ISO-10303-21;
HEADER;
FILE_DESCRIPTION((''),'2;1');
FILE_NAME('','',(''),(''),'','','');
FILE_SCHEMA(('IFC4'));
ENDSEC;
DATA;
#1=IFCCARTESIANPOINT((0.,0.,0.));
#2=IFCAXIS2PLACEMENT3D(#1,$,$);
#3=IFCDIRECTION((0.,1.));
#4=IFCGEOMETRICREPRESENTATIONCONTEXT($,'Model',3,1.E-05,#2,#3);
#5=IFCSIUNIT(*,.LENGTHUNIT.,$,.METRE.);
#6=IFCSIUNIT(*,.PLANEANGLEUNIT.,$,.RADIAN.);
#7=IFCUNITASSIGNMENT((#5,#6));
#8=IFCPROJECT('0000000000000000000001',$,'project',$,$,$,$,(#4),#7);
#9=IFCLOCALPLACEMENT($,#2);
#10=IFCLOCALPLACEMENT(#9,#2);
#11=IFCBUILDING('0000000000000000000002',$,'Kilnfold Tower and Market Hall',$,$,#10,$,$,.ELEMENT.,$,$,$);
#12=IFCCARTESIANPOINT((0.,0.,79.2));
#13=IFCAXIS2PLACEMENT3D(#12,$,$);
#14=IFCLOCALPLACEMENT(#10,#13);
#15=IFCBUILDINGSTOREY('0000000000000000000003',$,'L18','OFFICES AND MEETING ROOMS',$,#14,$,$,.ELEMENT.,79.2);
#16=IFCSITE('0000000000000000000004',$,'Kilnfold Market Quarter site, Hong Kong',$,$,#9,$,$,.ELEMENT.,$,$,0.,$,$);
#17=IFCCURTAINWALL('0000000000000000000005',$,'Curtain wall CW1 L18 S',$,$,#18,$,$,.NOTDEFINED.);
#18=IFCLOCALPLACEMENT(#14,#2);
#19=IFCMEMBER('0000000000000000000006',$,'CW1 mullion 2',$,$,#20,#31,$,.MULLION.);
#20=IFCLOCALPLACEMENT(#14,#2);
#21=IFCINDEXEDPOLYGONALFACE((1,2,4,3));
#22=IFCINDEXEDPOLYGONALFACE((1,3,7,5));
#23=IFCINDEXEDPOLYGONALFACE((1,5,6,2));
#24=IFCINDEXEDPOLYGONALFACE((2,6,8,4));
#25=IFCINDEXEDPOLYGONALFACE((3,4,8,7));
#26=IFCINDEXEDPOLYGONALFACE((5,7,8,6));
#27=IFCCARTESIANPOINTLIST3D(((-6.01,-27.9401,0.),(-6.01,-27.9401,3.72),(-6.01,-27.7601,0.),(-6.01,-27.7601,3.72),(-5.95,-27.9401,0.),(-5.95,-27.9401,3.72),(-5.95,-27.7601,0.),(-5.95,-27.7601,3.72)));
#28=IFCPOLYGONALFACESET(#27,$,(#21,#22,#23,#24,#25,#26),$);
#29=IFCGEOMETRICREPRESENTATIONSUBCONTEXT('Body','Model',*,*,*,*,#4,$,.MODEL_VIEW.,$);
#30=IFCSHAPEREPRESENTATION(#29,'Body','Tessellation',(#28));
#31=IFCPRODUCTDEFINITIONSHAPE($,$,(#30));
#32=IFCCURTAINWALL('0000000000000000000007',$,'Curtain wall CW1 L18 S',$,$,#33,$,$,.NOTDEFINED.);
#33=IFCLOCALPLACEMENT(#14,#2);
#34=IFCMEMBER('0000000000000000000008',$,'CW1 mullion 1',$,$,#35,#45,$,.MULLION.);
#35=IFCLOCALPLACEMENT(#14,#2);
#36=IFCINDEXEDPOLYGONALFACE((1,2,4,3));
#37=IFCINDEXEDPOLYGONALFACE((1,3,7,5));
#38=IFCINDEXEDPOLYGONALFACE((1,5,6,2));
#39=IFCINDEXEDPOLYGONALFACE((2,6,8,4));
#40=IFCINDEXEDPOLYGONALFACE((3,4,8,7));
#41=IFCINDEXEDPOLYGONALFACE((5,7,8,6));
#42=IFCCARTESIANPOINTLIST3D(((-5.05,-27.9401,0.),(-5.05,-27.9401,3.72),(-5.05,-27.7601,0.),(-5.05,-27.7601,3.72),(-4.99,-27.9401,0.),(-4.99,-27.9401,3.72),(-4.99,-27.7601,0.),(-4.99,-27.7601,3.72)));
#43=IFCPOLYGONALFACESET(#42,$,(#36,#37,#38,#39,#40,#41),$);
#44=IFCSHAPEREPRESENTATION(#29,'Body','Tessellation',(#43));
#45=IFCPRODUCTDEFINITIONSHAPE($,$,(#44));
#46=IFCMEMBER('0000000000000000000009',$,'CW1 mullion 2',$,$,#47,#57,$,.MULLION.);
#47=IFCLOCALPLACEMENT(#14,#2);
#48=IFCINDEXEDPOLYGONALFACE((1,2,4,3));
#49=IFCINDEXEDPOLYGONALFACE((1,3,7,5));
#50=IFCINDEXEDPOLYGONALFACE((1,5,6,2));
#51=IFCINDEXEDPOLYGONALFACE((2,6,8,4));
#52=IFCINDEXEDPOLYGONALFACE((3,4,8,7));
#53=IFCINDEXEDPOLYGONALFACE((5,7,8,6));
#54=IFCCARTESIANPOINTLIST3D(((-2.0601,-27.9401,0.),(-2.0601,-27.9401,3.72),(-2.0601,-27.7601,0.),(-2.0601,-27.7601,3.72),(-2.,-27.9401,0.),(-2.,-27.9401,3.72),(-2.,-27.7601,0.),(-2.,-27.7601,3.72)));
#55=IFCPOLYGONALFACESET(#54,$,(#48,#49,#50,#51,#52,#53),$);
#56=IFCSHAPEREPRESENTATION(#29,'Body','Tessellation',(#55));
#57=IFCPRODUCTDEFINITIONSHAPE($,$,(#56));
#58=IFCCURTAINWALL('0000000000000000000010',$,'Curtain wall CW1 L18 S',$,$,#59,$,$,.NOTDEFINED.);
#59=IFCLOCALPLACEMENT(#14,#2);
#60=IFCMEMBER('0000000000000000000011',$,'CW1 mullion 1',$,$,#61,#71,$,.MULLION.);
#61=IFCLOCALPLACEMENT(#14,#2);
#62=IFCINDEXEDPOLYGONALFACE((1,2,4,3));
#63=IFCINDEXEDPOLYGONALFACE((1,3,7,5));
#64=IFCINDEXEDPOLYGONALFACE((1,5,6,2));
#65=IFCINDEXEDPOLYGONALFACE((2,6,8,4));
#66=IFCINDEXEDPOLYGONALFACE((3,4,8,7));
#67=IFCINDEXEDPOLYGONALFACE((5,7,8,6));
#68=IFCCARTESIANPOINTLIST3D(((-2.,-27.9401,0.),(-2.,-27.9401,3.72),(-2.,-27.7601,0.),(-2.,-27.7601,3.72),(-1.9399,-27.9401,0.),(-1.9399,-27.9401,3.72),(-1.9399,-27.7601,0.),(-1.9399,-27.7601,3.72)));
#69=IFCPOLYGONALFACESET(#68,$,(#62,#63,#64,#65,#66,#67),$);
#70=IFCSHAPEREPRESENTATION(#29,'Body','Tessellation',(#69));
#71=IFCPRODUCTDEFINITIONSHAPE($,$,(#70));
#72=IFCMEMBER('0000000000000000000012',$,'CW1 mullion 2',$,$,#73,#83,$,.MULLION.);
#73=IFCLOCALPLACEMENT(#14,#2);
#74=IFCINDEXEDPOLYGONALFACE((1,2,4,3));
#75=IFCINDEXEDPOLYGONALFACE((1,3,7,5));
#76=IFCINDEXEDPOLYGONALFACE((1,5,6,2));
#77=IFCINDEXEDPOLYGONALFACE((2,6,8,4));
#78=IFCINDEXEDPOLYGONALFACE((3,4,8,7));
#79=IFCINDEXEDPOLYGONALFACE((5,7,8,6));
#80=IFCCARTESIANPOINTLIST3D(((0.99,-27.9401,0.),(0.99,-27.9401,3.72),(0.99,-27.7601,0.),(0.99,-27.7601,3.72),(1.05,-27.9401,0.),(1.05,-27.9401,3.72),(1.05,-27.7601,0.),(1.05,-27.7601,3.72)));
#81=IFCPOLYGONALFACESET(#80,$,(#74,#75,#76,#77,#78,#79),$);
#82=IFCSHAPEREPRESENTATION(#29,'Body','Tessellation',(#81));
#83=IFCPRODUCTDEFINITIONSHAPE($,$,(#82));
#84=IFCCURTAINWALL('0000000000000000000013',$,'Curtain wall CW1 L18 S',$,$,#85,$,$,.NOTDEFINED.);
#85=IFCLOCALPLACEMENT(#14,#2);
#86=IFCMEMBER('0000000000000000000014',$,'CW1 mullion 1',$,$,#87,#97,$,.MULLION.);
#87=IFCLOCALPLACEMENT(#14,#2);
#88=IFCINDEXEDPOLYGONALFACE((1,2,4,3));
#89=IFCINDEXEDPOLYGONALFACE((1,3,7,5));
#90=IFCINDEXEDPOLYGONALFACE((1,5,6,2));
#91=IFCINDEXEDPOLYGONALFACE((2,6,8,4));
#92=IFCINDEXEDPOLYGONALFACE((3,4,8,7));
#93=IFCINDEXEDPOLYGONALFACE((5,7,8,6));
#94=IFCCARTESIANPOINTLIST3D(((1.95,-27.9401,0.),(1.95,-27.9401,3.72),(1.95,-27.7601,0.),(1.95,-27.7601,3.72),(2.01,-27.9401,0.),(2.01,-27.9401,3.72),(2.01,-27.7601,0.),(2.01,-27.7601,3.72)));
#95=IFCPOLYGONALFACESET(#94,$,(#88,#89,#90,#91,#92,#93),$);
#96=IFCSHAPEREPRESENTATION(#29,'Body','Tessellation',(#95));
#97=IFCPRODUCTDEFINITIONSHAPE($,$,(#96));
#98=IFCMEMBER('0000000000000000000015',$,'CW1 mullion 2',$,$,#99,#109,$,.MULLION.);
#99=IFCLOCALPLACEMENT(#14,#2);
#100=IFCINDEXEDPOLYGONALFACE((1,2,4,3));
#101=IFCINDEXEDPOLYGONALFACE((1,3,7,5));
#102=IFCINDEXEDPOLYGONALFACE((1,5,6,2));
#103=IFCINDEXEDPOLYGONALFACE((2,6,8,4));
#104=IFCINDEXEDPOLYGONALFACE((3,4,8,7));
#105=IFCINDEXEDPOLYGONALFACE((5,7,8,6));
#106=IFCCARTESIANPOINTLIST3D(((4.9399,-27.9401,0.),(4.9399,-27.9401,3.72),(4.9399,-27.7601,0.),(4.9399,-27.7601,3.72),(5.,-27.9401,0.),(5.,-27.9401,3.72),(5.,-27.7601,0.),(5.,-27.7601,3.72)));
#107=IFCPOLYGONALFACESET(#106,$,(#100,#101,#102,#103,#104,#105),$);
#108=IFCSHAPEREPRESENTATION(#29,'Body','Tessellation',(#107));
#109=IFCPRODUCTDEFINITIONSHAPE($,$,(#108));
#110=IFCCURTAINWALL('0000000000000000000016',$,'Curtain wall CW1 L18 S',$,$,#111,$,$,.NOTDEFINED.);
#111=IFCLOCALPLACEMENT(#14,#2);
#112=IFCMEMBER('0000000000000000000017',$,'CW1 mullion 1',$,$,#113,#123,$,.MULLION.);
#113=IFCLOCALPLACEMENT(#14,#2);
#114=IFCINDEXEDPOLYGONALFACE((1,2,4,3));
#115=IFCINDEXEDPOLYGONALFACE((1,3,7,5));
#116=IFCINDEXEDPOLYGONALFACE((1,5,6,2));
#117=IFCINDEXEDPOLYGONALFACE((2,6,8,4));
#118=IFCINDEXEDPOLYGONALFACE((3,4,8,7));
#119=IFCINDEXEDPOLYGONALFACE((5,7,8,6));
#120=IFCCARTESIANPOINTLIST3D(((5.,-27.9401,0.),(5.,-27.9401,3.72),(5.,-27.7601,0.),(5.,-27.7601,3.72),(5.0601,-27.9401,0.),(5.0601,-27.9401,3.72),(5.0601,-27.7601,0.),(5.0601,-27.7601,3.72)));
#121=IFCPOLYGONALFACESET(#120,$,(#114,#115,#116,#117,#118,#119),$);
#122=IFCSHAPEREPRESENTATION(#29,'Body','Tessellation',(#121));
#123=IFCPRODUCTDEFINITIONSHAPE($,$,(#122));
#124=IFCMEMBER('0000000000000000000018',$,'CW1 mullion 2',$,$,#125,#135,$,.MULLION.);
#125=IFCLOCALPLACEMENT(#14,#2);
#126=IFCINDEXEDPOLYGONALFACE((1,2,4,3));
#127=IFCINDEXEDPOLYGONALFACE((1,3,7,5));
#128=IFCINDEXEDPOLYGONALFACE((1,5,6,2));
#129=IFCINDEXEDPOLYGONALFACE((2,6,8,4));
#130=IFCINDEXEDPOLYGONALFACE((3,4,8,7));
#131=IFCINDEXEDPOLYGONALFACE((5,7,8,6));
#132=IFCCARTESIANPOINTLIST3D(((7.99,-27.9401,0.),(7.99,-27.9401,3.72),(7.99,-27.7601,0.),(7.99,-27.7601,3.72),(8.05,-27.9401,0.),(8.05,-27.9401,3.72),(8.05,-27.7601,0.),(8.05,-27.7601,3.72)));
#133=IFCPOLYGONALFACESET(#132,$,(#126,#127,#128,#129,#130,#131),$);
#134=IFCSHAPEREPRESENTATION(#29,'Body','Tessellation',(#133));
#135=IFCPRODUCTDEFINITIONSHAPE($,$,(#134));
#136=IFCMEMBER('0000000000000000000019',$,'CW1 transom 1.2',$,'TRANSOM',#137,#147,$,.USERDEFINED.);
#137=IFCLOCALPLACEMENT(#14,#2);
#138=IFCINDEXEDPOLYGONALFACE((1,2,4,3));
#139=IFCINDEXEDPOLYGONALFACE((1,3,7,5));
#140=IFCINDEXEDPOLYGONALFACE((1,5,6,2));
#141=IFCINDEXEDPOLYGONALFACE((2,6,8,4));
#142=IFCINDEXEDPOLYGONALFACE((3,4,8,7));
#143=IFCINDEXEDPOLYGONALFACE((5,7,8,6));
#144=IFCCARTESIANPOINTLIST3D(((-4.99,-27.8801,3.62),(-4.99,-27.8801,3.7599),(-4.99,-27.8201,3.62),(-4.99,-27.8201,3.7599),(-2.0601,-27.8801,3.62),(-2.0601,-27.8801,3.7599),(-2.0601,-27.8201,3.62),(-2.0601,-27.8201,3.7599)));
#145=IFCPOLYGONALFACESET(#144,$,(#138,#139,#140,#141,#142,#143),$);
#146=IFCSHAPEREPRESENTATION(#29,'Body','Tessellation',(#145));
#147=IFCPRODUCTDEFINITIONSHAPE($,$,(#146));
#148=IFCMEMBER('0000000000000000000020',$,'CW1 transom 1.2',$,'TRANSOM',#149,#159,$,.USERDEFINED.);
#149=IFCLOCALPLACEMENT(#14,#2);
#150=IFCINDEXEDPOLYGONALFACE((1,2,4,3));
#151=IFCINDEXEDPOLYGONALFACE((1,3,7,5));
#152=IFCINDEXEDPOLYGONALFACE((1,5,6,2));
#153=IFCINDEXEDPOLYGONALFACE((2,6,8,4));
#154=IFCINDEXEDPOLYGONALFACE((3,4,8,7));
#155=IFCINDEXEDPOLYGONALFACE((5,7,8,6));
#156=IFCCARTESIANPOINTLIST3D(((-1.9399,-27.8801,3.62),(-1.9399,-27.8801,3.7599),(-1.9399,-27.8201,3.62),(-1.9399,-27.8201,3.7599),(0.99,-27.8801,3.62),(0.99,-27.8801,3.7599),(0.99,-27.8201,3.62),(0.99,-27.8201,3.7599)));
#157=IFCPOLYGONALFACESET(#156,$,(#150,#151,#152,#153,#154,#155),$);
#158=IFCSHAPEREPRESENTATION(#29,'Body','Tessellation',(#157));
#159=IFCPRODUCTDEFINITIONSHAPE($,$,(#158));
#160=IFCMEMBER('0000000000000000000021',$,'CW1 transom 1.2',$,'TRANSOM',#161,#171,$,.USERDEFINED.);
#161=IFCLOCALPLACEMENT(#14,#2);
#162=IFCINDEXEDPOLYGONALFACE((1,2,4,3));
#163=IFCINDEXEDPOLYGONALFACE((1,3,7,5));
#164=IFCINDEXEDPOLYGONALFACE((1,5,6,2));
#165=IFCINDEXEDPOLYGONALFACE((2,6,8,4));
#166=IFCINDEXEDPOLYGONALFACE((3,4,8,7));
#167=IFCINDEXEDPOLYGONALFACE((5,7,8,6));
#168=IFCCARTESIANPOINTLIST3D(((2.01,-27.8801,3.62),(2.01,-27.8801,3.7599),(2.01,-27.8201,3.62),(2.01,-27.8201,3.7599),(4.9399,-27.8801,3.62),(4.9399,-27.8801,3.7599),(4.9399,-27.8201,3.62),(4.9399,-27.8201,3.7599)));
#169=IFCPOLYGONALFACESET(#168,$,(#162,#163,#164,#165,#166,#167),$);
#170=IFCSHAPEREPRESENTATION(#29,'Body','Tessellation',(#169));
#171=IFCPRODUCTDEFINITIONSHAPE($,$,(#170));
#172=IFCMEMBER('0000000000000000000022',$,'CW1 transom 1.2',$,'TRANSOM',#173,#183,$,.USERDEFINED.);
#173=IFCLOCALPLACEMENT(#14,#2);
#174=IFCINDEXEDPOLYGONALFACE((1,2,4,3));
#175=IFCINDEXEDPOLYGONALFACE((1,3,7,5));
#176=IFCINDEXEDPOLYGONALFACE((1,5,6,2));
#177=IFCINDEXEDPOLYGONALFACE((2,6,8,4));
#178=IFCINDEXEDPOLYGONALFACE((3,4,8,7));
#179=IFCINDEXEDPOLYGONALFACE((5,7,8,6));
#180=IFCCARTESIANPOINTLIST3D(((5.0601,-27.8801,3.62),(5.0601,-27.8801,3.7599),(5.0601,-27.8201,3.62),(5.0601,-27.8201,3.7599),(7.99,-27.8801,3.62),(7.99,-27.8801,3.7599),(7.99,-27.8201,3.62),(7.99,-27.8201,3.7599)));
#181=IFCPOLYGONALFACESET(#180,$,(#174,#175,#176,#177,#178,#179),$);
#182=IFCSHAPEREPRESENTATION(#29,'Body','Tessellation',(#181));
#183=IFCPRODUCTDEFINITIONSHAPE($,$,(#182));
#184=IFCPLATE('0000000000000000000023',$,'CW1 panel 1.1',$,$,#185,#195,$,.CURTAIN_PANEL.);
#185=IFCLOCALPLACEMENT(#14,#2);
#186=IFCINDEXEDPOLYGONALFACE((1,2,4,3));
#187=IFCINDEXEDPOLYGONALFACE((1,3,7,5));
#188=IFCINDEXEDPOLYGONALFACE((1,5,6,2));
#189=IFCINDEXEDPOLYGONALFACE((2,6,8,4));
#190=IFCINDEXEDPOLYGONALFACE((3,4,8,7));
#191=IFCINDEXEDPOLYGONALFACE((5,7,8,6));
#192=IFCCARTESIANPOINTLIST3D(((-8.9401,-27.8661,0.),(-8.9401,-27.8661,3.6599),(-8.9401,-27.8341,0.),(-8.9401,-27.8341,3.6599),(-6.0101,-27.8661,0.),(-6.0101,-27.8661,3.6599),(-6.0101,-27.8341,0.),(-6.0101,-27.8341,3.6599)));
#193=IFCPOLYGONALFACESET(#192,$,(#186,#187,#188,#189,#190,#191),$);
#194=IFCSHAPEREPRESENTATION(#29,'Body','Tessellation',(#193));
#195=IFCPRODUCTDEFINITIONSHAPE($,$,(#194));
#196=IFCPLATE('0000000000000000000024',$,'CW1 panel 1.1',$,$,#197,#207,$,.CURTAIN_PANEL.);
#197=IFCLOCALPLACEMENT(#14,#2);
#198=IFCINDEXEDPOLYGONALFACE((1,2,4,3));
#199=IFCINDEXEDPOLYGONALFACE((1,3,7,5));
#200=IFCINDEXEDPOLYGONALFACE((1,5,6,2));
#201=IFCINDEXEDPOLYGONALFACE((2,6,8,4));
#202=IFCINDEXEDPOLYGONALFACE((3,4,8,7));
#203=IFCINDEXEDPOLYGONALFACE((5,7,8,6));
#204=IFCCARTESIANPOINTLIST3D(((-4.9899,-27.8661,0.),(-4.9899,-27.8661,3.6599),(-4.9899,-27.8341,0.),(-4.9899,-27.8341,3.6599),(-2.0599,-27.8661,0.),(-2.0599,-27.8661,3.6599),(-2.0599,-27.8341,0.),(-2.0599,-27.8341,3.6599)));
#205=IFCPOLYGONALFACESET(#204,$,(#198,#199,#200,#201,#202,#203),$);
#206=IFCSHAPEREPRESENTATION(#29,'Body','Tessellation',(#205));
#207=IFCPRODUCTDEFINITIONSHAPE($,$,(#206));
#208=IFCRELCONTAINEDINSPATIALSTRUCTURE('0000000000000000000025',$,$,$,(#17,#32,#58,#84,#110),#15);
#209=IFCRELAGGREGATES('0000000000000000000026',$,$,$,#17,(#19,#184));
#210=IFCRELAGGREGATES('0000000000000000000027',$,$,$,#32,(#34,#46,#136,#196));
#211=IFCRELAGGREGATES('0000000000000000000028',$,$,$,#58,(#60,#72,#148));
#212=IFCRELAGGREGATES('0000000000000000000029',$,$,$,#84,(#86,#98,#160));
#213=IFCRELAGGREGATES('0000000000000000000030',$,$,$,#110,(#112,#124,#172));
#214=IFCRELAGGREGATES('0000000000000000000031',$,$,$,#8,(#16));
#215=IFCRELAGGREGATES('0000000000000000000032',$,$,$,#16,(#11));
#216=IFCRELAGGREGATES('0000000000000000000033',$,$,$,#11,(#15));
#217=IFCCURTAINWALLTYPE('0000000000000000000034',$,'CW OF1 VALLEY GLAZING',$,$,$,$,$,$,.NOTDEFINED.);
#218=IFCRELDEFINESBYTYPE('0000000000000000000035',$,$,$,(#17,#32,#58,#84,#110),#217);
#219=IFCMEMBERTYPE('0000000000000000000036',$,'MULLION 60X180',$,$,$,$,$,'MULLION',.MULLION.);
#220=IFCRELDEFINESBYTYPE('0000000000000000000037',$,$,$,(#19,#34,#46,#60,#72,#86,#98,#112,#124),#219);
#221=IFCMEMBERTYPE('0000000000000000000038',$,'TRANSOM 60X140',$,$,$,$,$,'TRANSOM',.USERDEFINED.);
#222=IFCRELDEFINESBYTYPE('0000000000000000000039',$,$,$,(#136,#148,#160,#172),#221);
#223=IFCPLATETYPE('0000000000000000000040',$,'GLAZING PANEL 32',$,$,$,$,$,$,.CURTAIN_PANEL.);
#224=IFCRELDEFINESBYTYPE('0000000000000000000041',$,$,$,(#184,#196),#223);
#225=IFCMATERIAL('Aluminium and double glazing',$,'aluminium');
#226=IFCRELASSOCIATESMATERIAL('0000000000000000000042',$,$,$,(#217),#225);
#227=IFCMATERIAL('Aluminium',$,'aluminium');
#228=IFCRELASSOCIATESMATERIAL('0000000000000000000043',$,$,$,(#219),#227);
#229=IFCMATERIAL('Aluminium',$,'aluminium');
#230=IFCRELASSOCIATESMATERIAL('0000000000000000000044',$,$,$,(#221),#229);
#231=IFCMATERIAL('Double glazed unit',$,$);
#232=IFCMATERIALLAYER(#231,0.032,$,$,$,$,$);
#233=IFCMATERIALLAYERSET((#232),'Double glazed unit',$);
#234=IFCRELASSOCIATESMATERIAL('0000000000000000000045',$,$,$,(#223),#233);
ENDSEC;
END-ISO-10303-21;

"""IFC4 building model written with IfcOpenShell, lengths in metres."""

from ifc_helpers import new_model, si_unit, direction, frame, origin, origin_2d, place, context, subcontext, project, spatial, rectangle, extrude, source, transform, mapped, material, layer, layer_set, material_profile, profile_set, type_object, element, aggregate, save


model = new_model("IFC4")

# Units and contexts
model_context = context("Model", 3, precision=1e-05, world=origin(), true_north=direction((0.0, 1.0)))
body_context = subcontext(model_context, "Body", "Model", "MODEL_VIEW")
ifc_project = project(units=[si_unit("LENGTHUNIT", "METRE"), si_unit("PLANEANGLEUNIT", "RADIAN")], contexts=[model_context])

# Site, building, storey
site_placement = place(None, origin())
site = spatial("IfcSite", under=ifc_project, at=site_placement, Name="Kilnfold Market Quarter site, Hong Kong", CompositionType="ELEMENT", RefElevation=0.0)
building_placement = place(site_placement, origin())
building = spatial("IfcBuilding", under=site, at=building_placement, Name="Kilnfold Tower and Market Hall", CompositionType="ELEMENT")
storey_placement = place(building_placement, frame((0.0, 0.0, 79.2)))
storey = spatial("IfcBuildingStorey", under=building, at=storey_placement, Name="L18", Description="OFFICES AND MEETING ROOMS", CompositionType="ELEMENT", Elevation=79.2)

# Curtain wall, member
ifc_material_1 = material(Name="Aluminium and double glazing", Category="aluminium")
curtain_wall_type = type_object("IfcCurtainWallType", Name="CW OF1 VALLEY GLAZING", PredefinedType="NOTDEFINED", material=ifc_material_1)
curtain_wall_1_placement = place(storey_placement, origin())
curtain_wall_1 = element("IfcCurtainWall", 1, at=curtain_wall_1_placement, inside=storey, type_object=curtain_wall_type, Name="Curtain wall CW1 L18 S", PredefinedType="NOTDEFINED")
ifc_material_2 = material(Name="Aluminium", Category="aluminium")
ifc_material_profile_1 = material_profile(ifc_material_2, rectangle(XDim=0.0601, YDim=0.1799, at=origin_2d()), Name="MULLION 60x180")
ifc_profile_set_1 = profile_set([ifc_material_profile_1], Name="Aluminium")
member_type_1 = type_object("IfcMemberType", Name="MULLION 60X180", ElementType="MULLION", PredefinedType="MULLION", material=ifc_profile_set_1)
shared_shape_1 = source(origin(), body_context, "Body", "SweptSolid", [
    extrude(rectangle(XDim=0.0601, YDim=0.1799, at=origin_2d()), origin(), (0.0, 0.0, 1.0), 3.72),
])
member_1_placement = place(storey_placement, frame((-5.98, -27.8501, 0.0), z_axis=(0.0, 0.0, 1.0), x_axis=(1.0, 0.0, 0.0)))
member_1 = element("IfcMember", 2, at=member_1_placement, type_object=member_type_1, Name="CW1 mullion 2", PredefinedType="MULLION", context=body_context, shape_type="MappedRepresentation", body=[
    mapped(shared_shape_1, transform((0.0, 0.0, 0.0))),
])

# Curtain walls, members
curtain_wall_2_placement = place(storey_placement, origin())
curtain_wall_2 = element("IfcCurtainWall", 3, at=curtain_wall_2_placement, inside=storey, type_object=curtain_wall_type, Name="Curtain wall CW1 L18 S", PredefinedType="NOTDEFINED")
member_2_placement = place(storey_placement, frame((-5.02, -27.8501, 0.0), z_axis=(0.0, 0.0, 1.0), x_axis=(1.0, 0.0, 0.0)))
member_2 = element("IfcMember", 4, at=member_2_placement, type_object=member_type_1, Name="CW1 mullion 1", PredefinedType="MULLION", context=body_context, shape_type="MappedRepresentation", body=[
    mapped(shared_shape_1, transform((0.0, 0.0, 0.0))),
])
member_3_placement = place(storey_placement, frame((-2.03, -27.8501, 0.0), z_axis=(0.0, 0.0, 1.0), x_axis=(1.0, 0.0, 0.0)))
member_3 = element("IfcMember", 5, at=member_3_placement, type_object=member_type_1, Name="CW1 mullion 2", PredefinedType="MULLION", context=body_context, shape_type="MappedRepresentation", body=[
    mapped(shared_shape_1, transform((0.0, 0.0, 0.0))),
])
curtain_wall_3_placement = place(storey_placement, origin())
curtain_wall_3 = element("IfcCurtainWall", 6, at=curtain_wall_3_placement, inside=storey, type_object=curtain_wall_type, Name="Curtain wall CW1 L18 S", PredefinedType="NOTDEFINED")
member_4_placement = place(storey_placement, frame((-1.97, -27.8501, 0.0), z_axis=(0.0, 0.0, 1.0), x_axis=(1.0, 0.0, 0.0)))
member_4 = element("IfcMember", 7, at=member_4_placement, type_object=member_type_1, Name="CW1 mullion 1", PredefinedType="MULLION", context=body_context, shape_type="MappedRepresentation", body=[
    mapped(shared_shape_1, transform((0.0, 0.0, 0.0))),
])
member_5_placement = place(storey_placement, frame((1.02, -27.8501, 0.0), z_axis=(0.0, 0.0, 1.0), x_axis=(1.0, 0.0, 0.0)))
member_5 = element("IfcMember", 8, at=member_5_placement, type_object=member_type_1, Name="CW1 mullion 2", PredefinedType="MULLION", context=body_context, shape_type="MappedRepresentation", body=[
    mapped(shared_shape_1, transform((0.0, 0.0, 0.0))),
])
curtain_wall_4_placement = place(storey_placement, origin())
curtain_wall_4 = element("IfcCurtainWall", 9, at=curtain_wall_4_placement, inside=storey, type_object=curtain_wall_type, Name="Curtain wall CW1 L18 S", PredefinedType="NOTDEFINED")
member_6_placement = place(storey_placement, frame((1.98, -27.8501, 0.0), z_axis=(0.0, 0.0, 1.0), x_axis=(1.0, 0.0, 0.0)))
member_6 = element("IfcMember", 10, at=member_6_placement, type_object=member_type_1, Name="CW1 mullion 1", PredefinedType="MULLION", context=body_context, shape_type="MappedRepresentation", body=[
    mapped(shared_shape_1, transform((0.0, 0.0, 0.0))),
])
member_7_placement = place(storey_placement, frame((4.97, -27.8501, 0.0), z_axis=(0.0, 0.0, 1.0), x_axis=(1.0, 0.0, 0.0)))
member_7 = element("IfcMember", 11, at=member_7_placement, type_object=member_type_1, Name="CW1 mullion 2", PredefinedType="MULLION", context=body_context, shape_type="MappedRepresentation", body=[
    mapped(shared_shape_1, transform((0.0, 0.0, 0.0))),
])
curtain_wall_5_placement = place(storey_placement, origin())
curtain_wall_5 = element("IfcCurtainWall", 12, at=curtain_wall_5_placement, inside=storey, type_object=curtain_wall_type, Name="Curtain wall CW1 L18 S", PredefinedType="NOTDEFINED")
member_8_placement = place(storey_placement, frame((5.03, -27.8501, 0.0), z_axis=(0.0, 0.0, 1.0), x_axis=(1.0, 0.0, 0.0)))
member_8 = element("IfcMember", 13, at=member_8_placement, type_object=member_type_1, Name="CW1 mullion 1", PredefinedType="MULLION", context=body_context, shape_type="MappedRepresentation", body=[
    mapped(shared_shape_1, transform((0.0, 0.0, 0.0))),
])
member_9_placement = place(storey_placement, frame((8.02, -27.8501, 0.0), z_axis=(0.0, 0.0, 1.0), x_axis=(1.0, 0.0, 0.0)))
member_9 = element("IfcMember", 14, at=member_9_placement, type_object=member_type_1, Name="CW1 mullion 2", PredefinedType="MULLION", context=body_context, shape_type="MappedRepresentation", body=[
    mapped(shared_shape_1, transform((0.0, 0.0, 0.0))),
])

# Members
ifc_material_3 = material(Name="Aluminium", Category="aluminium")
ifc_material_profile_2 = material_profile(ifc_material_3, rectangle(XDim=0.0601, YDim=0.1399, at=origin_2d()), Name="TRANSOM 60x140")
ifc_profile_set_2 = profile_set([ifc_material_profile_2], Name="Aluminium")
member_type_2 = type_object("IfcMemberType", Name="TRANSOM 60X140", ElementType="TRANSOM", PredefinedType="USERDEFINED", material=ifc_profile_set_2)
shared_shape_2 = source(origin(), body_context, "Body", "SweptSolid", [
    extrude(rectangle(XDim=0.0601, YDim=0.1399, at=origin_2d()), origin(), (0.0, 0.0, 1.0), 2.9299),
])
member_10_placement = place(storey_placement, frame((-4.99, -27.8501, 3.6899), z_axis=(1.0, 0.0, 0.0), x_axis=(0.0, 1.0, 0.0)))
member_10 = element("IfcMember", 15, at=member_10_placement, type_object=member_type_2, Name="CW1 transom 1.2", ObjectType="TRANSOM", PredefinedType="USERDEFINED", context=body_context, shape_type="MappedRepresentation", body=[
    mapped(shared_shape_2, transform((0.0, 0.0, 0.0))),
])
member_11_placement = place(storey_placement, frame((-1.9399, -27.8501, 3.6899), z_axis=(1.0, 0.0, 0.0), x_axis=(0.0, 1.0, 0.0)))
member_11 = element("IfcMember", 16, at=member_11_placement, type_object=member_type_2, Name="CW1 transom 1.2", ObjectType="TRANSOM", PredefinedType="USERDEFINED", context=body_context, shape_type="MappedRepresentation", body=[
    mapped(shared_shape_2, transform((0.0, 0.0, 0.0))),
])
member_12_placement = place(storey_placement, frame((2.01, -27.8501, 3.6899), z_axis=(1.0, 0.0, 0.0), x_axis=(0.0, 1.0, 0.0)))
member_12 = element("IfcMember", 17, at=member_12_placement, type_object=member_type_2, Name="CW1 transom 1.2", ObjectType="TRANSOM", PredefinedType="USERDEFINED", context=body_context, shape_type="MappedRepresentation", body=[
    mapped(shared_shape_2, transform((0.0, 0.0, 0.0))),
])
member_13_placement = place(storey_placement, frame((5.0601, -27.8501, 3.6899), z_axis=(1.0, 0.0, 0.0), x_axis=(0.0, 1.0, 0.0)))
member_13 = element("IfcMember", 18, at=member_13_placement, type_object=member_type_2, Name="CW1 transom 1.2", ObjectType="TRANSOM", PredefinedType="USERDEFINED", context=body_context, shape_type="MappedRepresentation", body=[
    mapped(shared_shape_2, transform((0.0, 0.0, 0.0))),
])

# Plates
ifc_material_4 = material(Name="Double glazed unit")
ifc_layer = layer(ifc_material_4, 0.032)
ifc_layer_set = layer_set([ifc_layer], Name="Double glazed unit")
plate_type = type_object("IfcPlateType", Name="GLAZING PANEL 32", PredefinedType="CURTAIN_PANEL", material=ifc_layer_set)
shared_shape_3 = source(origin(), body_context, "Body", "SweptSolid", [
    extrude(rectangle(XDim=2.9299, YDim=0.032, at=origin_2d()), origin(), (0.0, 0.0, 1.0), 3.6599),
])
plate_1_placement = place(storey_placement, frame((-7.4751, -27.8501, 0.0), z_axis=(0.0, 0.0, 1.0), x_axis=(1.0, 0.0, 0.0)))
plate_1 = element("IfcPlate", 19, at=plate_1_placement, type_object=plate_type, Name="CW1 panel 1.1", PredefinedType="CURTAIN_PANEL", context=body_context, shape_type="MappedRepresentation", body=[
    mapped(shared_shape_3, transform((0.0, 0.0, 0.0))),
])
aggregate(curtain_wall_1, [member_1, plate_1])
plate_2_placement = place(storey_placement, frame((-3.5249, -27.8501, 0.0), z_axis=(0.0, 0.0, 1.0), x_axis=(1.0, 0.0, 0.0)))
plate_2 = element("IfcPlate", 20, at=plate_2_placement, type_object=plate_type, Name="CW1 panel 1.1", PredefinedType="CURTAIN_PANEL", context=body_context, shape_type="MappedRepresentation", body=[
    mapped(shared_shape_3, transform((0.0, 0.0, 0.0))),
])
aggregate(curtain_wall_2, [member_2, member_3, member_10, plate_2])
aggregate(curtain_wall_3, [member_4, member_5, member_11])
aggregate(curtain_wall_4, [member_6, member_7, member_12])
aggregate(curtain_wall_5, [member_8, member_9, member_13])

save(model, "model.ifc")
